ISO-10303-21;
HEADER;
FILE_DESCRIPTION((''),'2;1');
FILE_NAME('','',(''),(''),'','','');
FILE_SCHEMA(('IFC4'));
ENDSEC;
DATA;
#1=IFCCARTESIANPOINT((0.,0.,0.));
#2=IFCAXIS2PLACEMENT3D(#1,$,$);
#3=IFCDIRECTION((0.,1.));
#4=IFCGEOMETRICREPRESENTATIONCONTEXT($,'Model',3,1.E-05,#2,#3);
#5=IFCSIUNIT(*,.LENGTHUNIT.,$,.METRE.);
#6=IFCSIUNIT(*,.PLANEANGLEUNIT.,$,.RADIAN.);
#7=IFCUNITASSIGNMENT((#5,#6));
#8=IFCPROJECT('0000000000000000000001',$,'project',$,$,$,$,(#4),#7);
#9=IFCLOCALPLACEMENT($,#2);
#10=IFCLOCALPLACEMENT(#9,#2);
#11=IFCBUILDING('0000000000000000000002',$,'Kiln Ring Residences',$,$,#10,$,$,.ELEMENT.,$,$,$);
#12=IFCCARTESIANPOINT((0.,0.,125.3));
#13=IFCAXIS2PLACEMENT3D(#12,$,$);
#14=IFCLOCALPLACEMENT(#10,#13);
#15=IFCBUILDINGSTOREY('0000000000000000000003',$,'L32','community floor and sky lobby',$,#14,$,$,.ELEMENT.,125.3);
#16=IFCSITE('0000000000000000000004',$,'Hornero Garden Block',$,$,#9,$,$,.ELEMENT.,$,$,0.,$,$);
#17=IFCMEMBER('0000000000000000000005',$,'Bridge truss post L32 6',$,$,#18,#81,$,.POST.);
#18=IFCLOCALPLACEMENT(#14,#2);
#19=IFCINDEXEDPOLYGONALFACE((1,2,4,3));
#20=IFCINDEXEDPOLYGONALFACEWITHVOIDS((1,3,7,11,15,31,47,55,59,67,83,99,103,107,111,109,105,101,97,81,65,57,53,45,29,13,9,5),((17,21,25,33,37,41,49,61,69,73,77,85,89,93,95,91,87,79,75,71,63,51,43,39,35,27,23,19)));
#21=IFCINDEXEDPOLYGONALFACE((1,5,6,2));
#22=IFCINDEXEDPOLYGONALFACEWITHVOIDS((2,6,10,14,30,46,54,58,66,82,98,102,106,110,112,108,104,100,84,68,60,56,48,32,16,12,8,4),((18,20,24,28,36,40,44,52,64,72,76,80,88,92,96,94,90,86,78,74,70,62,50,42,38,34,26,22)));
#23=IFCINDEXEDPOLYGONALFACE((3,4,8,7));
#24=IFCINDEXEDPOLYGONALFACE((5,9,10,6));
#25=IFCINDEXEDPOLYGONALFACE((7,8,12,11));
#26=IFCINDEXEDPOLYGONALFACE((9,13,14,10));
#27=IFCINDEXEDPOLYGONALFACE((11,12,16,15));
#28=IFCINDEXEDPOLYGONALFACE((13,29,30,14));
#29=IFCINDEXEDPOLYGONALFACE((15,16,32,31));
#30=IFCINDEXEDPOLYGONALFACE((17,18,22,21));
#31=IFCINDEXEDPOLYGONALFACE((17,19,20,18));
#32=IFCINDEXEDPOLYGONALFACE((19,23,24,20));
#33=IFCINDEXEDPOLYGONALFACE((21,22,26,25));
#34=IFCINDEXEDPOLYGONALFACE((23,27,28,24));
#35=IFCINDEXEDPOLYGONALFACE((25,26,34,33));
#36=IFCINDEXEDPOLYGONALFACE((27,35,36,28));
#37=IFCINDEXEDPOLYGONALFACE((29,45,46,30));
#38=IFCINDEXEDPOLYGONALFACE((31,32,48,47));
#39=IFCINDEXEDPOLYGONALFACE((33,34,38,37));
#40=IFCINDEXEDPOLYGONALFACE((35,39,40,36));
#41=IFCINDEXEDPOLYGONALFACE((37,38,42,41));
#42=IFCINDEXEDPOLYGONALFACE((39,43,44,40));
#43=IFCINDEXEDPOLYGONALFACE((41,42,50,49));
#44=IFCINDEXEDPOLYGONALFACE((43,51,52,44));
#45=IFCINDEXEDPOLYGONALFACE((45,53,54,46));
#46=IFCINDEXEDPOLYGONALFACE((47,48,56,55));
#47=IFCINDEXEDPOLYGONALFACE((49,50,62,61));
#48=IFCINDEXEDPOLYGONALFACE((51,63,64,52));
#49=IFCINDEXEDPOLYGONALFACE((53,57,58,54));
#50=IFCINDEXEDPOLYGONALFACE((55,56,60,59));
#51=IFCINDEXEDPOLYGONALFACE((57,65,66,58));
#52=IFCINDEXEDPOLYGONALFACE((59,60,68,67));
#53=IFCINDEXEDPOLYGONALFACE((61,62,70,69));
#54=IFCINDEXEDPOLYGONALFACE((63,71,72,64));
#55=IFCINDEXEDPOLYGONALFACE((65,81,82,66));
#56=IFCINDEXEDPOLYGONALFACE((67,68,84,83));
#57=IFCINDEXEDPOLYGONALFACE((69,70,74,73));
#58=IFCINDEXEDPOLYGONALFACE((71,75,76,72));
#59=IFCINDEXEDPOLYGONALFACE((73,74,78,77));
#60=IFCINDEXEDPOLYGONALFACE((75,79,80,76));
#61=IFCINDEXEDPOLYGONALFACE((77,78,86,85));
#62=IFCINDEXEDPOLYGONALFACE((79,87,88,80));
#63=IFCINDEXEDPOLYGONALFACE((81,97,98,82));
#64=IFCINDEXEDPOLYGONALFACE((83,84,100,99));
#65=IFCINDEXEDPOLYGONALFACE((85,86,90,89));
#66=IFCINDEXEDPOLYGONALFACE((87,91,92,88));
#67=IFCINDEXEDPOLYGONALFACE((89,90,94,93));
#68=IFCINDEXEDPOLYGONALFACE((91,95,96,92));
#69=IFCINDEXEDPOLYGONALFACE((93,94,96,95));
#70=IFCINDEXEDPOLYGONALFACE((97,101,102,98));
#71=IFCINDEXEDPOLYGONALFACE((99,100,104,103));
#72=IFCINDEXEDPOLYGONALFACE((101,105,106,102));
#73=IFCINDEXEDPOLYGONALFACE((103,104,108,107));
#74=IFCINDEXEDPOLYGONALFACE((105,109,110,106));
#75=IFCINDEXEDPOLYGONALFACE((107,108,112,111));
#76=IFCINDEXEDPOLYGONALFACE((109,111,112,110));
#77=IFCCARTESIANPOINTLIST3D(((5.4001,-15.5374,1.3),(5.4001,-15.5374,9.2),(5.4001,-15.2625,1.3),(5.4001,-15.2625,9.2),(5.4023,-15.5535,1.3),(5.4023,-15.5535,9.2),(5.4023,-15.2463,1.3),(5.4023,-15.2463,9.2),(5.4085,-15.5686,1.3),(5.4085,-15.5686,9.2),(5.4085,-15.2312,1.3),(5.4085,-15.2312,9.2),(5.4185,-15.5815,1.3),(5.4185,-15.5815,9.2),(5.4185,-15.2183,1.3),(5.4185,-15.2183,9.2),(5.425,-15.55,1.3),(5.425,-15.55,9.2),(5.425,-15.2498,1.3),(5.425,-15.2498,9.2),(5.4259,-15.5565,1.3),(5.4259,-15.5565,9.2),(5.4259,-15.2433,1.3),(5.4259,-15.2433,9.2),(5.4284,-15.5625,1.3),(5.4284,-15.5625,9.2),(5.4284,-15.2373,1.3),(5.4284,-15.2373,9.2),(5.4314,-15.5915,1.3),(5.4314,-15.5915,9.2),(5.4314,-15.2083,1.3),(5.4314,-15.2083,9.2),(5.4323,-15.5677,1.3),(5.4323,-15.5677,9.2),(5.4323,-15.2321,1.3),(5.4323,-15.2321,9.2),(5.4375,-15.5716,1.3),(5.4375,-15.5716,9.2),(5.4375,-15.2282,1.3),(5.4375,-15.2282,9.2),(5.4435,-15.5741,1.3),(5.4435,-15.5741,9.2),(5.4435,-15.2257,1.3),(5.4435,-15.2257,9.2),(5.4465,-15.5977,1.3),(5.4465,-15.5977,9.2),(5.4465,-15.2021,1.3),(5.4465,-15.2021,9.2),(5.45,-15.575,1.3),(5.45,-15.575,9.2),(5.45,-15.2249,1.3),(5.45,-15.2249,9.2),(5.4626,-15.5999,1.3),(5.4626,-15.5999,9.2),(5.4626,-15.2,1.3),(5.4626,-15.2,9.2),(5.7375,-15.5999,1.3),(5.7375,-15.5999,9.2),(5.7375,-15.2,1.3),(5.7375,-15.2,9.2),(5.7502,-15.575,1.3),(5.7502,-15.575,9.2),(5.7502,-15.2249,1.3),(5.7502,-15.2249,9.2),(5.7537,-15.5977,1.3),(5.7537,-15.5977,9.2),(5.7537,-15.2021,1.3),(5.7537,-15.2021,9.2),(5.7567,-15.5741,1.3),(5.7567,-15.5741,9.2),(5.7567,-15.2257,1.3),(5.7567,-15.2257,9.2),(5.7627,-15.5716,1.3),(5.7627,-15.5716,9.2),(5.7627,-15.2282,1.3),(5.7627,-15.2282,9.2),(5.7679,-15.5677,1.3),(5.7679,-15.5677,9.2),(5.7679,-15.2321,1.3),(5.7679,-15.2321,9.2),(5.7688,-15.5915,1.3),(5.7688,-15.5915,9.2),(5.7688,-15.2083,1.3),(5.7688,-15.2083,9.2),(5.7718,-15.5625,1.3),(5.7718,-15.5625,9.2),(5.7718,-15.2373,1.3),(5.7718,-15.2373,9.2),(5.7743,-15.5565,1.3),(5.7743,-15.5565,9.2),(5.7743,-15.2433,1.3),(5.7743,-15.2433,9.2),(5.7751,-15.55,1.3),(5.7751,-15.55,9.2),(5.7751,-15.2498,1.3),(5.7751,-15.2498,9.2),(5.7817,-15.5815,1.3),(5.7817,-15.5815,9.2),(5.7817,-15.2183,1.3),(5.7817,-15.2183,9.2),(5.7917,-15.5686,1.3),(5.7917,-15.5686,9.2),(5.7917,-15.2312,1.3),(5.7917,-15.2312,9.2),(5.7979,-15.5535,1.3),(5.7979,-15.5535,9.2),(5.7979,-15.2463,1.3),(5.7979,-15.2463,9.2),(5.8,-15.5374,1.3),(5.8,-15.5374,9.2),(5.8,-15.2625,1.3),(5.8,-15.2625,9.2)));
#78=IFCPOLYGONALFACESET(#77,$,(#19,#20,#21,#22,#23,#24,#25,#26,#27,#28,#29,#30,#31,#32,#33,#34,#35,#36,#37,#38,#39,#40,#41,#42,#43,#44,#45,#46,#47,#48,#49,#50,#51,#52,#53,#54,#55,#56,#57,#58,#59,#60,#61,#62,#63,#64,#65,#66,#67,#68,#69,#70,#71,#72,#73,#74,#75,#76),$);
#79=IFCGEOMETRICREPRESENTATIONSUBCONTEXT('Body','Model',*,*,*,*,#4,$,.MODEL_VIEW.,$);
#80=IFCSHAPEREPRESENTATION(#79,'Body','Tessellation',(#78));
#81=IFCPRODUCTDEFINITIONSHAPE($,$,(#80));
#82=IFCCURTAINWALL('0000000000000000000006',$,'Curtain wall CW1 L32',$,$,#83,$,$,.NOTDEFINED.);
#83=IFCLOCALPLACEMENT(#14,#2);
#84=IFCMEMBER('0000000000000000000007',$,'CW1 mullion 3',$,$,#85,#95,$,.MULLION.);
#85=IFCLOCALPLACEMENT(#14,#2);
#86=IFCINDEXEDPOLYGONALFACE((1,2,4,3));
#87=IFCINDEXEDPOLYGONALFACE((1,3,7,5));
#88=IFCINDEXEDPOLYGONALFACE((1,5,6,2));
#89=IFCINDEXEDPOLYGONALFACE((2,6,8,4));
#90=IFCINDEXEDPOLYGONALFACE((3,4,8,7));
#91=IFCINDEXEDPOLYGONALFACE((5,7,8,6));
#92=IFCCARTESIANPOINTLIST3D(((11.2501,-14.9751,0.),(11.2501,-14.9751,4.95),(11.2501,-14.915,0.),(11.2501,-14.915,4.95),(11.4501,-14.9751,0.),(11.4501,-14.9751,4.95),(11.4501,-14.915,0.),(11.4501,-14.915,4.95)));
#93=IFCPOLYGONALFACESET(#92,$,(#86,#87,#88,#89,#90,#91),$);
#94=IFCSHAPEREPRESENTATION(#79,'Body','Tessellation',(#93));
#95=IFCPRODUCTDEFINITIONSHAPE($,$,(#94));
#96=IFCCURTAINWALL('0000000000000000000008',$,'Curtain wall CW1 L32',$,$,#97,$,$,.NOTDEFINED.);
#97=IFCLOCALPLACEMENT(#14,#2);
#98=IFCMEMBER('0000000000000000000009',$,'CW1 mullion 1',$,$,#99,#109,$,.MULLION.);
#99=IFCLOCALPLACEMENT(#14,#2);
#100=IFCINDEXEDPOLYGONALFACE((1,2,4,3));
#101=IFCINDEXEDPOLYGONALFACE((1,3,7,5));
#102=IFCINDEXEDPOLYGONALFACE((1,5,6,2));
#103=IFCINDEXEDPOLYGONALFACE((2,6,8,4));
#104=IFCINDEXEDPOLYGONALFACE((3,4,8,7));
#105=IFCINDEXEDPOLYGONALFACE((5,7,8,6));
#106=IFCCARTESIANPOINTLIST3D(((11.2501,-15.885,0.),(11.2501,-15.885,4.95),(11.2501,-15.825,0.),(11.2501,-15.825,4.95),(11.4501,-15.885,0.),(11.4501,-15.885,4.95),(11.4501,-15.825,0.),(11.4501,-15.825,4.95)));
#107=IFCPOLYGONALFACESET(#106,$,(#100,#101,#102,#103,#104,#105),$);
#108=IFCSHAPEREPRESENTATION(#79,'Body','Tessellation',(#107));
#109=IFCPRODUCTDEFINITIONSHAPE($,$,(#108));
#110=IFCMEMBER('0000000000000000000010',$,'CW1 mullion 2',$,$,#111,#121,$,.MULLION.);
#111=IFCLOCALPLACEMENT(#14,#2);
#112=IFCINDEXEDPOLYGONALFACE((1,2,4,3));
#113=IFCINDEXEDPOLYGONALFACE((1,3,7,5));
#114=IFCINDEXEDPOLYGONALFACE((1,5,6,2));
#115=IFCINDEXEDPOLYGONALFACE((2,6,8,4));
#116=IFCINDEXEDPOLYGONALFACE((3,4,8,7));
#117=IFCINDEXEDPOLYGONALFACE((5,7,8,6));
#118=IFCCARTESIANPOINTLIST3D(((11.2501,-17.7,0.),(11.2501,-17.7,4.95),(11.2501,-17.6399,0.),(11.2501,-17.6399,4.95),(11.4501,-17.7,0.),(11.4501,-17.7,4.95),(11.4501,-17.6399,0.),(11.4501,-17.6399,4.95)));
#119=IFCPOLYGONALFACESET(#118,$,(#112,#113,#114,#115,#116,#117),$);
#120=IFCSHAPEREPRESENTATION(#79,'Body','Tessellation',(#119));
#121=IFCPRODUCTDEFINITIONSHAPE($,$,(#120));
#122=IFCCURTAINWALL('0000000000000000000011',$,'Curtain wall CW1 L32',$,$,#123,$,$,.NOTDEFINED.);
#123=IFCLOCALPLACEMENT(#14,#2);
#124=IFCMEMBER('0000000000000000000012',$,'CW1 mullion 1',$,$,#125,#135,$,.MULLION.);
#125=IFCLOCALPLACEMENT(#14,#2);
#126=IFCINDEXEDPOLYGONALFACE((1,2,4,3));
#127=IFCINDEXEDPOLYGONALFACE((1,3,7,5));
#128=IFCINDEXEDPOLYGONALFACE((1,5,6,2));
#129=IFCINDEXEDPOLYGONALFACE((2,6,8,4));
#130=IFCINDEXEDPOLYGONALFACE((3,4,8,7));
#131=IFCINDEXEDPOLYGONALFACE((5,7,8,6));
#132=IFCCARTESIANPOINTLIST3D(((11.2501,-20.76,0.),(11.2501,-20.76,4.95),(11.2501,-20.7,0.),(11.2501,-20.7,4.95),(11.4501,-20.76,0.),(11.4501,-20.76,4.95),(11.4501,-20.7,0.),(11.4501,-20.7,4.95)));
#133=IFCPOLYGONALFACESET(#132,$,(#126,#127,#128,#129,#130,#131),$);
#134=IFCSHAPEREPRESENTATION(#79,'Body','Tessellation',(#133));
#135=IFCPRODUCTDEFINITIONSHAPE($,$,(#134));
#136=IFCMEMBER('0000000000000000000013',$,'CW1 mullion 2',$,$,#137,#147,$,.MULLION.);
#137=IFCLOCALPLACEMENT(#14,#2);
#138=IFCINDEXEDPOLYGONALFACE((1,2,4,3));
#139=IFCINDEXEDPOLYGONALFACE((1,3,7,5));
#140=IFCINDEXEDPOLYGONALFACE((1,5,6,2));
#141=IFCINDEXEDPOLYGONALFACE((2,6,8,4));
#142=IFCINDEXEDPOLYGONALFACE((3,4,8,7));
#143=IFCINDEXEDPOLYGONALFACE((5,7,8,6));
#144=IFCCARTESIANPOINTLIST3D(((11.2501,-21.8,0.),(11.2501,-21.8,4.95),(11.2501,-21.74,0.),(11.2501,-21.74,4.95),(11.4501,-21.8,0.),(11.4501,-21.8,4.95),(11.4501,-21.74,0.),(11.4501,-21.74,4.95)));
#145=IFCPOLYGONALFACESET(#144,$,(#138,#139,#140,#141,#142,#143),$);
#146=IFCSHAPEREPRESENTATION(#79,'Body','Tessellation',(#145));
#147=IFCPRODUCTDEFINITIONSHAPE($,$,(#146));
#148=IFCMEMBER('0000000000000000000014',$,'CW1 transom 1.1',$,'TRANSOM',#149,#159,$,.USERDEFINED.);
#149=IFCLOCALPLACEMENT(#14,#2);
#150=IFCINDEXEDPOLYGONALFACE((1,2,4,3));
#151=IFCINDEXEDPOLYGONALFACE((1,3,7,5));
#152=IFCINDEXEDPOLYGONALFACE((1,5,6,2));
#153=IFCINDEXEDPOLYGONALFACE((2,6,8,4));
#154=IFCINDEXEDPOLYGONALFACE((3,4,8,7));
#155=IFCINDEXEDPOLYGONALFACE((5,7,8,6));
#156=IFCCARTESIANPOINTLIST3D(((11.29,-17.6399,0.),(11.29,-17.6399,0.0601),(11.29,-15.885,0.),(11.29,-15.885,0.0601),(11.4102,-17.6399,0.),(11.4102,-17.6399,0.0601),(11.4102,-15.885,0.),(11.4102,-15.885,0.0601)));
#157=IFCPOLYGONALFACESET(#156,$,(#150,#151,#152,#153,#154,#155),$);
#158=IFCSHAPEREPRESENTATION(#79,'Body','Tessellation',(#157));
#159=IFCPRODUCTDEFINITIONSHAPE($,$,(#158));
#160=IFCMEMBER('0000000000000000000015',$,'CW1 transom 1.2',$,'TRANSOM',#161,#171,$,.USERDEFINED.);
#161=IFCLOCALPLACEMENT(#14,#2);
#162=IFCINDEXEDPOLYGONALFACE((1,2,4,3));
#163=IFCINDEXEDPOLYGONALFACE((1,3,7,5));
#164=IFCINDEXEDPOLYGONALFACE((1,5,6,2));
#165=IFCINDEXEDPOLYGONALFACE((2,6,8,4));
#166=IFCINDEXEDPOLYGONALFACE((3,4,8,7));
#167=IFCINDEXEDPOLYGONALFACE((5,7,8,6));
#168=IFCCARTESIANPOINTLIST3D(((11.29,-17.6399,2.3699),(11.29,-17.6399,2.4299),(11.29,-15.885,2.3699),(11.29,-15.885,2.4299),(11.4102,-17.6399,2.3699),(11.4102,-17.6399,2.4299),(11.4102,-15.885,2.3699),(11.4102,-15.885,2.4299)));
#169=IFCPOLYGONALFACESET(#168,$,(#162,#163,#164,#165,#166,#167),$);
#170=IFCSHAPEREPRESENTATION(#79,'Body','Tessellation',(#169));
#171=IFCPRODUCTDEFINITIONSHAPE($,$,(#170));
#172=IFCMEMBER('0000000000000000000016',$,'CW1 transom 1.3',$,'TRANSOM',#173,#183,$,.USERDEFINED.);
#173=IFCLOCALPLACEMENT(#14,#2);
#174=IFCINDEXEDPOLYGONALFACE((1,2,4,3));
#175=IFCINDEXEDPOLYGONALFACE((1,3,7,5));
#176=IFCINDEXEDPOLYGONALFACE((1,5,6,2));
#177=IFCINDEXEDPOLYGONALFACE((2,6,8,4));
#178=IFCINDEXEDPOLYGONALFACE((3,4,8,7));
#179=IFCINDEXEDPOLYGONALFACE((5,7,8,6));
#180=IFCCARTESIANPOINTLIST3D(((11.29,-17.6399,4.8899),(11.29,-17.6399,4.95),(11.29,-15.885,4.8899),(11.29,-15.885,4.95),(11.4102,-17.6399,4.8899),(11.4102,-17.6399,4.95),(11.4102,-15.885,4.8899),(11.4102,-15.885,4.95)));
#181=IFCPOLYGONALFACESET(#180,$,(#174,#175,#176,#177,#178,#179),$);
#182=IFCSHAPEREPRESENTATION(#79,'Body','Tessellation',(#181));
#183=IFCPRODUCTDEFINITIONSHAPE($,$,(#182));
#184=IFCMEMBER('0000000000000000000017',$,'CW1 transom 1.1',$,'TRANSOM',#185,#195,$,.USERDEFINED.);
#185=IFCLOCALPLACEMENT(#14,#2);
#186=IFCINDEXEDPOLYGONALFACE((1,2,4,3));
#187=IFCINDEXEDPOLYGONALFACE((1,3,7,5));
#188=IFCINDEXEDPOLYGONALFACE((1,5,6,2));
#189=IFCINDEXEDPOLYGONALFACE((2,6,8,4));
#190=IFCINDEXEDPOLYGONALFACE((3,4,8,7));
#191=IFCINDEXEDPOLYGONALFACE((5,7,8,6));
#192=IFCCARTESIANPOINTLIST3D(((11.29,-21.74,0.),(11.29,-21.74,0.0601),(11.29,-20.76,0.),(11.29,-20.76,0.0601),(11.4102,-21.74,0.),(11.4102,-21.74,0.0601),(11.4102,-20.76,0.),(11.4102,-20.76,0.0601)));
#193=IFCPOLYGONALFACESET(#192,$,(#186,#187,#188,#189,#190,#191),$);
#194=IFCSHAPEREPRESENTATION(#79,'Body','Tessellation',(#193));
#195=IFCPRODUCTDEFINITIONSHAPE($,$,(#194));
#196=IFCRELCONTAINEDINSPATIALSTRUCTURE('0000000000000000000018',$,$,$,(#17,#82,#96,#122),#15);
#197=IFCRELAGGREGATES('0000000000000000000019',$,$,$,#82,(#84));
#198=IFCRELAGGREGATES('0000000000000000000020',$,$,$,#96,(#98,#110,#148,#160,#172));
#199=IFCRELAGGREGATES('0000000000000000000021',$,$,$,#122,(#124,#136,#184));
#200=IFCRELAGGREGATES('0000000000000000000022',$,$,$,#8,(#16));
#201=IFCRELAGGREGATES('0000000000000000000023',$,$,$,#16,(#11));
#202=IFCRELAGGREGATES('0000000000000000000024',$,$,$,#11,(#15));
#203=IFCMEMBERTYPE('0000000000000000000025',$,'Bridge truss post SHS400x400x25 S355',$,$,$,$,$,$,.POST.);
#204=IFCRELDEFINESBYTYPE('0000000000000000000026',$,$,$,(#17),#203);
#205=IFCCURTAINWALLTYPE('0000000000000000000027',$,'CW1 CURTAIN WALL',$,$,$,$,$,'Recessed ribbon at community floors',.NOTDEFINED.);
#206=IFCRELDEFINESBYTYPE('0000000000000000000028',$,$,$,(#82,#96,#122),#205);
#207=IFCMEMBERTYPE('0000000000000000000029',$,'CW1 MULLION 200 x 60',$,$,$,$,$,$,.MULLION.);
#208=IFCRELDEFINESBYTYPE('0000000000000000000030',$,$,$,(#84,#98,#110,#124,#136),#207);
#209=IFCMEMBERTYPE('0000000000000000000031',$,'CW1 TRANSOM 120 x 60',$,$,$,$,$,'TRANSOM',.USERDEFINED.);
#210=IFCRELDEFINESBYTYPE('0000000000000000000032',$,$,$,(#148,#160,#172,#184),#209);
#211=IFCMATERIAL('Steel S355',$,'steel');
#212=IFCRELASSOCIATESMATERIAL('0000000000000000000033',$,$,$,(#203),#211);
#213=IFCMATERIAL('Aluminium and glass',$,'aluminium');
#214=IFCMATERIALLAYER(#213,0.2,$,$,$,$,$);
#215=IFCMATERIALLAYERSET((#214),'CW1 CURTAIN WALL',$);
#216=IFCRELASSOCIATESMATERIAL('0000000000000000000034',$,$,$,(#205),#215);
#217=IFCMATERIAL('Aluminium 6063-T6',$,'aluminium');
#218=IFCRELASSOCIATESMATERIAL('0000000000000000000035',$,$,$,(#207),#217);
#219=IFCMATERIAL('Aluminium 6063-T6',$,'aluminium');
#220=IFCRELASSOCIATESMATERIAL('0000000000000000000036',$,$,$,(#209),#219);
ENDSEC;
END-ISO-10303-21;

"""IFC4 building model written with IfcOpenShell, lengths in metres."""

from ifc_helpers import new_model, si_unit, direction, frame, origin, origin_2d, place, context, subcontext, project, spatial, rectangle, hollow_rectangle, extrude, material, layer, layer_set, material_profile, profile_set, type_object, element, aggregate, save


model = new_model("IFC4")

# Units and contexts
model_context = context("Model", 3, precision=1e-05, world=origin(), true_north=direction((0.0, 1.0)))
body_context = subcontext(model_context, "Body", "Model", "MODEL_VIEW")
ifc_project = project(units=[si_unit("LENGTHUNIT", "METRE"), si_unit("PLANEANGLEUNIT", "RADIAN")], contexts=[model_context])

# Site, building, storey
site_placement = place(None, origin())
site = spatial("IfcSite", under=ifc_project, at=site_placement, Name="Hornero Garden Block", CompositionType="ELEMENT", RefElevation=0.0)
building_placement = place(site_placement, origin())
building = spatial("IfcBuilding", under=site, at=building_placement, Name="Kiln Ring Residences", CompositionType="ELEMENT")
storey_placement = place(building_placement, frame((0.0, 0.0, 125.3)))
storey = spatial("IfcBuildingStorey", under=building, at=storey_placement, Name="L32", Description="community floor and sky lobby", CompositionType="ELEMENT", Elevation=125.3)

# Member
ifc_material_1 = material(Name="Steel S355", Category="steel")
ifc_material_profile_1 = material_profile(ifc_material_1, hollow_rectangle(XDim=0.3999, YDim=0.3999, WallThickness=0.0249, InnerFilletRadius=0.0249, OuterFilletRadius=0.0625, at=origin_2d()), Name="SHS400x400x25")
ifc_profile_set_1 = profile_set([ifc_material_profile_1], Name="Steel S355")
member_type_1 = type_object("IfcMemberType", Name="Bridge truss post SHS400x400x25 S355", PredefinedType="POST", material=ifc_profile_set_1)
for number, where, z_axis, x_axis, name in (
    (1, (5.6001, -15.3999, 1.3), (0.0, 0.0, 1.0), (1.0, 0.0, 0.0), "Bridge truss post L32 6"),
):
    element("IfcMember", number, at=place(storey_placement, frame(where, z_axis=z_axis, x_axis=x_axis)), inside=storey, type_object=member_type_1, Name=name, PredefinedType="POST", context=body_context, shape_type="SweptSolid", body=[
        extrude(hollow_rectangle(XDim=0.3999, YDim=0.3999, WallThickness=0.0249, InnerFilletRadius=0.0249, OuterFilletRadius=0.0625, at=origin_2d()), origin(), (0.0, 0.0, 1.0), 7.8999),
    ])

# Curtain wall, member
ifc_material_2 = material(Name="Aluminium and glass", Category="aluminium")
ifc_layer_1 = layer(ifc_material_2, 0.2)
ifc_layer_set_1 = layer_set([ifc_layer_1], Name="CW1 CURTAIN WALL")
curtain_wall_type = type_object("IfcCurtainWallType", Name="CW1 CURTAIN WALL", ElementType="Recessed ribbon at community floors", PredefinedType="NOTDEFINED", material=ifc_layer_set_1)
placement = place(storey_placement, origin())
curtain_wall_1 = element("IfcCurtainWall", 2, at=placement, inside=storey, type_object=curtain_wall_type, Name="Curtain wall CW1 L32", PredefinedType="NOTDEFINED")
ifc_material_3 = material(Name="Aluminium 6063-T6", Category="aluminium")
ifc_material_profile_2 = material_profile(ifc_material_3, rectangle(XDim=0.2, YDim=0.0601, at=origin_2d()), Name="AL 200x60")
ifc_profile_set_2 = profile_set([ifc_material_profile_2], Name="Aluminium 6063-T6")
member_type_2 = type_object("IfcMemberType", Name="CW1 MULLION 200 x 60", PredefinedType="MULLION", material=ifc_profile_set_2)
member_1_placement = place(storey_placement, frame((11.3501, -14.9451, 0.0), z_axis=(0.0, 0.0, 1.0), x_axis=(1.0, 0.0, 0.0)))
member_1 = element("IfcMember", 3, at=member_1_placement, type_object=member_type_2, Name="CW1 mullion 3", PredefinedType="MULLION", context=body_context, shape_type="SweptSolid", body=[
    extrude(rectangle(XDim=0.2, YDim=0.0601, at=origin_2d()), origin(), (0.0, 0.0, 1.0), 4.95),
])

# Curtain walls, members
curtain_wall_2 = element("IfcCurtainWall", 4, at=placement, inside=storey, type_object=curtain_wall_type, Name="Curtain wall CW1 L32", PredefinedType="NOTDEFINED")
member_2_placement = place(storey_placement, frame((11.3501, -15.855, 0.0), z_axis=(0.0, 0.0, 1.0), x_axis=(1.0, 0.0, 0.0)))
member_2 = element("IfcMember", 5, at=member_2_placement, type_object=member_type_2, Name="CW1 mullion 1", PredefinedType="MULLION", context=body_context, shape_type="SweptSolid", body=[
    extrude(rectangle(XDim=0.2, YDim=0.0601, at=origin_2d()), origin(), (0.0, 0.0, 1.0), 4.95),
])
member_3_placement = place(storey_placement, frame((11.3501, -17.6699, 0.0), z_axis=(0.0, 0.0, 1.0), x_axis=(1.0, 0.0, 0.0)))
member_3 = element("IfcMember", 6, at=member_3_placement, type_object=member_type_2, Name="CW1 mullion 2", PredefinedType="MULLION", context=body_context, shape_type="SweptSolid", body=[
    extrude(rectangle(XDim=0.2, YDim=0.0601, at=origin_2d()), origin(), (0.0, 0.0, 1.0), 4.95),
])
curtain_wall_3 = element("IfcCurtainWall", 7, at=placement, inside=storey, type_object=curtain_wall_type, Name="Curtain wall CW1 L32", PredefinedType="NOTDEFINED")
member_4_placement = place(storey_placement, frame((11.3501, -20.73, 0.0), z_axis=(0.0, 0.0, 1.0), x_axis=(1.0, 0.0, 0.0)))
member_4 = element("IfcMember", 8, at=member_4_placement, type_object=member_type_2, Name="CW1 mullion 1", PredefinedType="MULLION", context=body_context, shape_type="SweptSolid", body=[
    extrude(rectangle(XDim=0.2, YDim=0.0601, at=origin_2d()), origin(), (0.0, 0.0, 1.0), 4.95),
])
member_5_placement = place(storey_placement, frame((11.3501, -21.77, 0.0), z_axis=(0.0, 0.0, 1.0), x_axis=(1.0, 0.0, 0.0)))
member_5 = element("IfcMember", 9, at=member_5_placement, type_object=member_type_2, Name="CW1 mullion 2", PredefinedType="MULLION", context=body_context, shape_type="SweptSolid", body=[
    extrude(rectangle(XDim=0.2, YDim=0.0601, at=origin_2d()), origin(), (0.0, 0.0, 1.0), 4.95),
])

# Members
ifc_material_4 = material(Name="Aluminium 6063-T6", Category="aluminium")
ifc_material_profile_3 = material_profile(ifc_material_4, rectangle(XDim=0.1201, YDim=0.0601, at=origin_2d()), Name="AL 120x60")
ifc_profile_set_3 = profile_set([ifc_material_profile_3], Name="Aluminium 6063-T6")
member_type_3 = type_object("IfcMemberType", Name="CW1 TRANSOM 120 x 60", ElementType="TRANSOM", PredefinedType="USERDEFINED", material=ifc_profile_set_3)
member_6_placement = place(storey_placement, frame((11.3501, -15.885, 0.03), z_axis=(0.0, -1.0, 0.0), x_axis=(1.0, 0.0, 0.0)))
member_6 = element("IfcMember", 10, at=member_6_placement, type_object=member_type_3, Name="CW1 transom 1.1", ObjectType="TRANSOM", PredefinedType="USERDEFINED", context=body_context, shape_type="SweptSolid", body=[
    extrude(rectangle(XDim=0.1201, YDim=0.0601, at=origin_2d()), origin(), (0.0, 0.0, 1.0), 1.7549),
])
member_7_placement = place(storey_placement, frame((11.3501, -15.885, 2.3999), z_axis=(0.0, -1.0, 0.0), x_axis=(1.0, 0.0, 0.0)))
member_7 = element("IfcMember", 11, at=member_7_placement, type_object=member_type_3, Name="CW1 transom 1.2", ObjectType="TRANSOM", PredefinedType="USERDEFINED", context=body_context, shape_type="SweptSolid", body=[
    extrude(rectangle(XDim=0.1201, YDim=0.0601, at=origin_2d()), origin(), (0.0, 0.0, 1.0), 1.7549),
])
member_8_placement = place(storey_placement, frame((11.3501, -15.885, 4.9199), z_axis=(0.0, -1.0, 0.0), x_axis=(1.0, 0.0, 0.0)))
member_8 = element("IfcMember", 12, at=member_8_placement, type_object=member_type_3, Name="CW1 transom 1.3", ObjectType="TRANSOM", PredefinedType="USERDEFINED", context=body_context, shape_type="SweptSolid", body=[
    extrude(rectangle(XDim=0.1201, YDim=0.0601, at=origin_2d()), origin(), (0.0, 0.0, 1.0), 1.7549),
])
member_9_placement = place(storey_placement, frame((11.3501, -20.76, 0.03), z_axis=(0.0, -1.0, 0.0), x_axis=(1.0, 0.0, 0.0)))
member_9 = element("IfcMember", 13, at=member_9_placement, type_object=member_type_3, Name="CW1 transom 1.1", ObjectType="TRANSOM", PredefinedType="USERDEFINED", context=body_context, shape_type="SweptSolid", body=[
    extrude(rectangle(XDim=0.1201, YDim=0.0601, at=origin_2d()), origin(), (0.0, 0.0, 1.0), 0.98),
])

aggregate(curtain_wall_1, [member_1])
aggregate(curtain_wall_2, [member_2, member_3, member_6, member_7, member_8])
aggregate(curtain_wall_3, [member_4, member_5, member_9])

save(model, "model.ifc")
